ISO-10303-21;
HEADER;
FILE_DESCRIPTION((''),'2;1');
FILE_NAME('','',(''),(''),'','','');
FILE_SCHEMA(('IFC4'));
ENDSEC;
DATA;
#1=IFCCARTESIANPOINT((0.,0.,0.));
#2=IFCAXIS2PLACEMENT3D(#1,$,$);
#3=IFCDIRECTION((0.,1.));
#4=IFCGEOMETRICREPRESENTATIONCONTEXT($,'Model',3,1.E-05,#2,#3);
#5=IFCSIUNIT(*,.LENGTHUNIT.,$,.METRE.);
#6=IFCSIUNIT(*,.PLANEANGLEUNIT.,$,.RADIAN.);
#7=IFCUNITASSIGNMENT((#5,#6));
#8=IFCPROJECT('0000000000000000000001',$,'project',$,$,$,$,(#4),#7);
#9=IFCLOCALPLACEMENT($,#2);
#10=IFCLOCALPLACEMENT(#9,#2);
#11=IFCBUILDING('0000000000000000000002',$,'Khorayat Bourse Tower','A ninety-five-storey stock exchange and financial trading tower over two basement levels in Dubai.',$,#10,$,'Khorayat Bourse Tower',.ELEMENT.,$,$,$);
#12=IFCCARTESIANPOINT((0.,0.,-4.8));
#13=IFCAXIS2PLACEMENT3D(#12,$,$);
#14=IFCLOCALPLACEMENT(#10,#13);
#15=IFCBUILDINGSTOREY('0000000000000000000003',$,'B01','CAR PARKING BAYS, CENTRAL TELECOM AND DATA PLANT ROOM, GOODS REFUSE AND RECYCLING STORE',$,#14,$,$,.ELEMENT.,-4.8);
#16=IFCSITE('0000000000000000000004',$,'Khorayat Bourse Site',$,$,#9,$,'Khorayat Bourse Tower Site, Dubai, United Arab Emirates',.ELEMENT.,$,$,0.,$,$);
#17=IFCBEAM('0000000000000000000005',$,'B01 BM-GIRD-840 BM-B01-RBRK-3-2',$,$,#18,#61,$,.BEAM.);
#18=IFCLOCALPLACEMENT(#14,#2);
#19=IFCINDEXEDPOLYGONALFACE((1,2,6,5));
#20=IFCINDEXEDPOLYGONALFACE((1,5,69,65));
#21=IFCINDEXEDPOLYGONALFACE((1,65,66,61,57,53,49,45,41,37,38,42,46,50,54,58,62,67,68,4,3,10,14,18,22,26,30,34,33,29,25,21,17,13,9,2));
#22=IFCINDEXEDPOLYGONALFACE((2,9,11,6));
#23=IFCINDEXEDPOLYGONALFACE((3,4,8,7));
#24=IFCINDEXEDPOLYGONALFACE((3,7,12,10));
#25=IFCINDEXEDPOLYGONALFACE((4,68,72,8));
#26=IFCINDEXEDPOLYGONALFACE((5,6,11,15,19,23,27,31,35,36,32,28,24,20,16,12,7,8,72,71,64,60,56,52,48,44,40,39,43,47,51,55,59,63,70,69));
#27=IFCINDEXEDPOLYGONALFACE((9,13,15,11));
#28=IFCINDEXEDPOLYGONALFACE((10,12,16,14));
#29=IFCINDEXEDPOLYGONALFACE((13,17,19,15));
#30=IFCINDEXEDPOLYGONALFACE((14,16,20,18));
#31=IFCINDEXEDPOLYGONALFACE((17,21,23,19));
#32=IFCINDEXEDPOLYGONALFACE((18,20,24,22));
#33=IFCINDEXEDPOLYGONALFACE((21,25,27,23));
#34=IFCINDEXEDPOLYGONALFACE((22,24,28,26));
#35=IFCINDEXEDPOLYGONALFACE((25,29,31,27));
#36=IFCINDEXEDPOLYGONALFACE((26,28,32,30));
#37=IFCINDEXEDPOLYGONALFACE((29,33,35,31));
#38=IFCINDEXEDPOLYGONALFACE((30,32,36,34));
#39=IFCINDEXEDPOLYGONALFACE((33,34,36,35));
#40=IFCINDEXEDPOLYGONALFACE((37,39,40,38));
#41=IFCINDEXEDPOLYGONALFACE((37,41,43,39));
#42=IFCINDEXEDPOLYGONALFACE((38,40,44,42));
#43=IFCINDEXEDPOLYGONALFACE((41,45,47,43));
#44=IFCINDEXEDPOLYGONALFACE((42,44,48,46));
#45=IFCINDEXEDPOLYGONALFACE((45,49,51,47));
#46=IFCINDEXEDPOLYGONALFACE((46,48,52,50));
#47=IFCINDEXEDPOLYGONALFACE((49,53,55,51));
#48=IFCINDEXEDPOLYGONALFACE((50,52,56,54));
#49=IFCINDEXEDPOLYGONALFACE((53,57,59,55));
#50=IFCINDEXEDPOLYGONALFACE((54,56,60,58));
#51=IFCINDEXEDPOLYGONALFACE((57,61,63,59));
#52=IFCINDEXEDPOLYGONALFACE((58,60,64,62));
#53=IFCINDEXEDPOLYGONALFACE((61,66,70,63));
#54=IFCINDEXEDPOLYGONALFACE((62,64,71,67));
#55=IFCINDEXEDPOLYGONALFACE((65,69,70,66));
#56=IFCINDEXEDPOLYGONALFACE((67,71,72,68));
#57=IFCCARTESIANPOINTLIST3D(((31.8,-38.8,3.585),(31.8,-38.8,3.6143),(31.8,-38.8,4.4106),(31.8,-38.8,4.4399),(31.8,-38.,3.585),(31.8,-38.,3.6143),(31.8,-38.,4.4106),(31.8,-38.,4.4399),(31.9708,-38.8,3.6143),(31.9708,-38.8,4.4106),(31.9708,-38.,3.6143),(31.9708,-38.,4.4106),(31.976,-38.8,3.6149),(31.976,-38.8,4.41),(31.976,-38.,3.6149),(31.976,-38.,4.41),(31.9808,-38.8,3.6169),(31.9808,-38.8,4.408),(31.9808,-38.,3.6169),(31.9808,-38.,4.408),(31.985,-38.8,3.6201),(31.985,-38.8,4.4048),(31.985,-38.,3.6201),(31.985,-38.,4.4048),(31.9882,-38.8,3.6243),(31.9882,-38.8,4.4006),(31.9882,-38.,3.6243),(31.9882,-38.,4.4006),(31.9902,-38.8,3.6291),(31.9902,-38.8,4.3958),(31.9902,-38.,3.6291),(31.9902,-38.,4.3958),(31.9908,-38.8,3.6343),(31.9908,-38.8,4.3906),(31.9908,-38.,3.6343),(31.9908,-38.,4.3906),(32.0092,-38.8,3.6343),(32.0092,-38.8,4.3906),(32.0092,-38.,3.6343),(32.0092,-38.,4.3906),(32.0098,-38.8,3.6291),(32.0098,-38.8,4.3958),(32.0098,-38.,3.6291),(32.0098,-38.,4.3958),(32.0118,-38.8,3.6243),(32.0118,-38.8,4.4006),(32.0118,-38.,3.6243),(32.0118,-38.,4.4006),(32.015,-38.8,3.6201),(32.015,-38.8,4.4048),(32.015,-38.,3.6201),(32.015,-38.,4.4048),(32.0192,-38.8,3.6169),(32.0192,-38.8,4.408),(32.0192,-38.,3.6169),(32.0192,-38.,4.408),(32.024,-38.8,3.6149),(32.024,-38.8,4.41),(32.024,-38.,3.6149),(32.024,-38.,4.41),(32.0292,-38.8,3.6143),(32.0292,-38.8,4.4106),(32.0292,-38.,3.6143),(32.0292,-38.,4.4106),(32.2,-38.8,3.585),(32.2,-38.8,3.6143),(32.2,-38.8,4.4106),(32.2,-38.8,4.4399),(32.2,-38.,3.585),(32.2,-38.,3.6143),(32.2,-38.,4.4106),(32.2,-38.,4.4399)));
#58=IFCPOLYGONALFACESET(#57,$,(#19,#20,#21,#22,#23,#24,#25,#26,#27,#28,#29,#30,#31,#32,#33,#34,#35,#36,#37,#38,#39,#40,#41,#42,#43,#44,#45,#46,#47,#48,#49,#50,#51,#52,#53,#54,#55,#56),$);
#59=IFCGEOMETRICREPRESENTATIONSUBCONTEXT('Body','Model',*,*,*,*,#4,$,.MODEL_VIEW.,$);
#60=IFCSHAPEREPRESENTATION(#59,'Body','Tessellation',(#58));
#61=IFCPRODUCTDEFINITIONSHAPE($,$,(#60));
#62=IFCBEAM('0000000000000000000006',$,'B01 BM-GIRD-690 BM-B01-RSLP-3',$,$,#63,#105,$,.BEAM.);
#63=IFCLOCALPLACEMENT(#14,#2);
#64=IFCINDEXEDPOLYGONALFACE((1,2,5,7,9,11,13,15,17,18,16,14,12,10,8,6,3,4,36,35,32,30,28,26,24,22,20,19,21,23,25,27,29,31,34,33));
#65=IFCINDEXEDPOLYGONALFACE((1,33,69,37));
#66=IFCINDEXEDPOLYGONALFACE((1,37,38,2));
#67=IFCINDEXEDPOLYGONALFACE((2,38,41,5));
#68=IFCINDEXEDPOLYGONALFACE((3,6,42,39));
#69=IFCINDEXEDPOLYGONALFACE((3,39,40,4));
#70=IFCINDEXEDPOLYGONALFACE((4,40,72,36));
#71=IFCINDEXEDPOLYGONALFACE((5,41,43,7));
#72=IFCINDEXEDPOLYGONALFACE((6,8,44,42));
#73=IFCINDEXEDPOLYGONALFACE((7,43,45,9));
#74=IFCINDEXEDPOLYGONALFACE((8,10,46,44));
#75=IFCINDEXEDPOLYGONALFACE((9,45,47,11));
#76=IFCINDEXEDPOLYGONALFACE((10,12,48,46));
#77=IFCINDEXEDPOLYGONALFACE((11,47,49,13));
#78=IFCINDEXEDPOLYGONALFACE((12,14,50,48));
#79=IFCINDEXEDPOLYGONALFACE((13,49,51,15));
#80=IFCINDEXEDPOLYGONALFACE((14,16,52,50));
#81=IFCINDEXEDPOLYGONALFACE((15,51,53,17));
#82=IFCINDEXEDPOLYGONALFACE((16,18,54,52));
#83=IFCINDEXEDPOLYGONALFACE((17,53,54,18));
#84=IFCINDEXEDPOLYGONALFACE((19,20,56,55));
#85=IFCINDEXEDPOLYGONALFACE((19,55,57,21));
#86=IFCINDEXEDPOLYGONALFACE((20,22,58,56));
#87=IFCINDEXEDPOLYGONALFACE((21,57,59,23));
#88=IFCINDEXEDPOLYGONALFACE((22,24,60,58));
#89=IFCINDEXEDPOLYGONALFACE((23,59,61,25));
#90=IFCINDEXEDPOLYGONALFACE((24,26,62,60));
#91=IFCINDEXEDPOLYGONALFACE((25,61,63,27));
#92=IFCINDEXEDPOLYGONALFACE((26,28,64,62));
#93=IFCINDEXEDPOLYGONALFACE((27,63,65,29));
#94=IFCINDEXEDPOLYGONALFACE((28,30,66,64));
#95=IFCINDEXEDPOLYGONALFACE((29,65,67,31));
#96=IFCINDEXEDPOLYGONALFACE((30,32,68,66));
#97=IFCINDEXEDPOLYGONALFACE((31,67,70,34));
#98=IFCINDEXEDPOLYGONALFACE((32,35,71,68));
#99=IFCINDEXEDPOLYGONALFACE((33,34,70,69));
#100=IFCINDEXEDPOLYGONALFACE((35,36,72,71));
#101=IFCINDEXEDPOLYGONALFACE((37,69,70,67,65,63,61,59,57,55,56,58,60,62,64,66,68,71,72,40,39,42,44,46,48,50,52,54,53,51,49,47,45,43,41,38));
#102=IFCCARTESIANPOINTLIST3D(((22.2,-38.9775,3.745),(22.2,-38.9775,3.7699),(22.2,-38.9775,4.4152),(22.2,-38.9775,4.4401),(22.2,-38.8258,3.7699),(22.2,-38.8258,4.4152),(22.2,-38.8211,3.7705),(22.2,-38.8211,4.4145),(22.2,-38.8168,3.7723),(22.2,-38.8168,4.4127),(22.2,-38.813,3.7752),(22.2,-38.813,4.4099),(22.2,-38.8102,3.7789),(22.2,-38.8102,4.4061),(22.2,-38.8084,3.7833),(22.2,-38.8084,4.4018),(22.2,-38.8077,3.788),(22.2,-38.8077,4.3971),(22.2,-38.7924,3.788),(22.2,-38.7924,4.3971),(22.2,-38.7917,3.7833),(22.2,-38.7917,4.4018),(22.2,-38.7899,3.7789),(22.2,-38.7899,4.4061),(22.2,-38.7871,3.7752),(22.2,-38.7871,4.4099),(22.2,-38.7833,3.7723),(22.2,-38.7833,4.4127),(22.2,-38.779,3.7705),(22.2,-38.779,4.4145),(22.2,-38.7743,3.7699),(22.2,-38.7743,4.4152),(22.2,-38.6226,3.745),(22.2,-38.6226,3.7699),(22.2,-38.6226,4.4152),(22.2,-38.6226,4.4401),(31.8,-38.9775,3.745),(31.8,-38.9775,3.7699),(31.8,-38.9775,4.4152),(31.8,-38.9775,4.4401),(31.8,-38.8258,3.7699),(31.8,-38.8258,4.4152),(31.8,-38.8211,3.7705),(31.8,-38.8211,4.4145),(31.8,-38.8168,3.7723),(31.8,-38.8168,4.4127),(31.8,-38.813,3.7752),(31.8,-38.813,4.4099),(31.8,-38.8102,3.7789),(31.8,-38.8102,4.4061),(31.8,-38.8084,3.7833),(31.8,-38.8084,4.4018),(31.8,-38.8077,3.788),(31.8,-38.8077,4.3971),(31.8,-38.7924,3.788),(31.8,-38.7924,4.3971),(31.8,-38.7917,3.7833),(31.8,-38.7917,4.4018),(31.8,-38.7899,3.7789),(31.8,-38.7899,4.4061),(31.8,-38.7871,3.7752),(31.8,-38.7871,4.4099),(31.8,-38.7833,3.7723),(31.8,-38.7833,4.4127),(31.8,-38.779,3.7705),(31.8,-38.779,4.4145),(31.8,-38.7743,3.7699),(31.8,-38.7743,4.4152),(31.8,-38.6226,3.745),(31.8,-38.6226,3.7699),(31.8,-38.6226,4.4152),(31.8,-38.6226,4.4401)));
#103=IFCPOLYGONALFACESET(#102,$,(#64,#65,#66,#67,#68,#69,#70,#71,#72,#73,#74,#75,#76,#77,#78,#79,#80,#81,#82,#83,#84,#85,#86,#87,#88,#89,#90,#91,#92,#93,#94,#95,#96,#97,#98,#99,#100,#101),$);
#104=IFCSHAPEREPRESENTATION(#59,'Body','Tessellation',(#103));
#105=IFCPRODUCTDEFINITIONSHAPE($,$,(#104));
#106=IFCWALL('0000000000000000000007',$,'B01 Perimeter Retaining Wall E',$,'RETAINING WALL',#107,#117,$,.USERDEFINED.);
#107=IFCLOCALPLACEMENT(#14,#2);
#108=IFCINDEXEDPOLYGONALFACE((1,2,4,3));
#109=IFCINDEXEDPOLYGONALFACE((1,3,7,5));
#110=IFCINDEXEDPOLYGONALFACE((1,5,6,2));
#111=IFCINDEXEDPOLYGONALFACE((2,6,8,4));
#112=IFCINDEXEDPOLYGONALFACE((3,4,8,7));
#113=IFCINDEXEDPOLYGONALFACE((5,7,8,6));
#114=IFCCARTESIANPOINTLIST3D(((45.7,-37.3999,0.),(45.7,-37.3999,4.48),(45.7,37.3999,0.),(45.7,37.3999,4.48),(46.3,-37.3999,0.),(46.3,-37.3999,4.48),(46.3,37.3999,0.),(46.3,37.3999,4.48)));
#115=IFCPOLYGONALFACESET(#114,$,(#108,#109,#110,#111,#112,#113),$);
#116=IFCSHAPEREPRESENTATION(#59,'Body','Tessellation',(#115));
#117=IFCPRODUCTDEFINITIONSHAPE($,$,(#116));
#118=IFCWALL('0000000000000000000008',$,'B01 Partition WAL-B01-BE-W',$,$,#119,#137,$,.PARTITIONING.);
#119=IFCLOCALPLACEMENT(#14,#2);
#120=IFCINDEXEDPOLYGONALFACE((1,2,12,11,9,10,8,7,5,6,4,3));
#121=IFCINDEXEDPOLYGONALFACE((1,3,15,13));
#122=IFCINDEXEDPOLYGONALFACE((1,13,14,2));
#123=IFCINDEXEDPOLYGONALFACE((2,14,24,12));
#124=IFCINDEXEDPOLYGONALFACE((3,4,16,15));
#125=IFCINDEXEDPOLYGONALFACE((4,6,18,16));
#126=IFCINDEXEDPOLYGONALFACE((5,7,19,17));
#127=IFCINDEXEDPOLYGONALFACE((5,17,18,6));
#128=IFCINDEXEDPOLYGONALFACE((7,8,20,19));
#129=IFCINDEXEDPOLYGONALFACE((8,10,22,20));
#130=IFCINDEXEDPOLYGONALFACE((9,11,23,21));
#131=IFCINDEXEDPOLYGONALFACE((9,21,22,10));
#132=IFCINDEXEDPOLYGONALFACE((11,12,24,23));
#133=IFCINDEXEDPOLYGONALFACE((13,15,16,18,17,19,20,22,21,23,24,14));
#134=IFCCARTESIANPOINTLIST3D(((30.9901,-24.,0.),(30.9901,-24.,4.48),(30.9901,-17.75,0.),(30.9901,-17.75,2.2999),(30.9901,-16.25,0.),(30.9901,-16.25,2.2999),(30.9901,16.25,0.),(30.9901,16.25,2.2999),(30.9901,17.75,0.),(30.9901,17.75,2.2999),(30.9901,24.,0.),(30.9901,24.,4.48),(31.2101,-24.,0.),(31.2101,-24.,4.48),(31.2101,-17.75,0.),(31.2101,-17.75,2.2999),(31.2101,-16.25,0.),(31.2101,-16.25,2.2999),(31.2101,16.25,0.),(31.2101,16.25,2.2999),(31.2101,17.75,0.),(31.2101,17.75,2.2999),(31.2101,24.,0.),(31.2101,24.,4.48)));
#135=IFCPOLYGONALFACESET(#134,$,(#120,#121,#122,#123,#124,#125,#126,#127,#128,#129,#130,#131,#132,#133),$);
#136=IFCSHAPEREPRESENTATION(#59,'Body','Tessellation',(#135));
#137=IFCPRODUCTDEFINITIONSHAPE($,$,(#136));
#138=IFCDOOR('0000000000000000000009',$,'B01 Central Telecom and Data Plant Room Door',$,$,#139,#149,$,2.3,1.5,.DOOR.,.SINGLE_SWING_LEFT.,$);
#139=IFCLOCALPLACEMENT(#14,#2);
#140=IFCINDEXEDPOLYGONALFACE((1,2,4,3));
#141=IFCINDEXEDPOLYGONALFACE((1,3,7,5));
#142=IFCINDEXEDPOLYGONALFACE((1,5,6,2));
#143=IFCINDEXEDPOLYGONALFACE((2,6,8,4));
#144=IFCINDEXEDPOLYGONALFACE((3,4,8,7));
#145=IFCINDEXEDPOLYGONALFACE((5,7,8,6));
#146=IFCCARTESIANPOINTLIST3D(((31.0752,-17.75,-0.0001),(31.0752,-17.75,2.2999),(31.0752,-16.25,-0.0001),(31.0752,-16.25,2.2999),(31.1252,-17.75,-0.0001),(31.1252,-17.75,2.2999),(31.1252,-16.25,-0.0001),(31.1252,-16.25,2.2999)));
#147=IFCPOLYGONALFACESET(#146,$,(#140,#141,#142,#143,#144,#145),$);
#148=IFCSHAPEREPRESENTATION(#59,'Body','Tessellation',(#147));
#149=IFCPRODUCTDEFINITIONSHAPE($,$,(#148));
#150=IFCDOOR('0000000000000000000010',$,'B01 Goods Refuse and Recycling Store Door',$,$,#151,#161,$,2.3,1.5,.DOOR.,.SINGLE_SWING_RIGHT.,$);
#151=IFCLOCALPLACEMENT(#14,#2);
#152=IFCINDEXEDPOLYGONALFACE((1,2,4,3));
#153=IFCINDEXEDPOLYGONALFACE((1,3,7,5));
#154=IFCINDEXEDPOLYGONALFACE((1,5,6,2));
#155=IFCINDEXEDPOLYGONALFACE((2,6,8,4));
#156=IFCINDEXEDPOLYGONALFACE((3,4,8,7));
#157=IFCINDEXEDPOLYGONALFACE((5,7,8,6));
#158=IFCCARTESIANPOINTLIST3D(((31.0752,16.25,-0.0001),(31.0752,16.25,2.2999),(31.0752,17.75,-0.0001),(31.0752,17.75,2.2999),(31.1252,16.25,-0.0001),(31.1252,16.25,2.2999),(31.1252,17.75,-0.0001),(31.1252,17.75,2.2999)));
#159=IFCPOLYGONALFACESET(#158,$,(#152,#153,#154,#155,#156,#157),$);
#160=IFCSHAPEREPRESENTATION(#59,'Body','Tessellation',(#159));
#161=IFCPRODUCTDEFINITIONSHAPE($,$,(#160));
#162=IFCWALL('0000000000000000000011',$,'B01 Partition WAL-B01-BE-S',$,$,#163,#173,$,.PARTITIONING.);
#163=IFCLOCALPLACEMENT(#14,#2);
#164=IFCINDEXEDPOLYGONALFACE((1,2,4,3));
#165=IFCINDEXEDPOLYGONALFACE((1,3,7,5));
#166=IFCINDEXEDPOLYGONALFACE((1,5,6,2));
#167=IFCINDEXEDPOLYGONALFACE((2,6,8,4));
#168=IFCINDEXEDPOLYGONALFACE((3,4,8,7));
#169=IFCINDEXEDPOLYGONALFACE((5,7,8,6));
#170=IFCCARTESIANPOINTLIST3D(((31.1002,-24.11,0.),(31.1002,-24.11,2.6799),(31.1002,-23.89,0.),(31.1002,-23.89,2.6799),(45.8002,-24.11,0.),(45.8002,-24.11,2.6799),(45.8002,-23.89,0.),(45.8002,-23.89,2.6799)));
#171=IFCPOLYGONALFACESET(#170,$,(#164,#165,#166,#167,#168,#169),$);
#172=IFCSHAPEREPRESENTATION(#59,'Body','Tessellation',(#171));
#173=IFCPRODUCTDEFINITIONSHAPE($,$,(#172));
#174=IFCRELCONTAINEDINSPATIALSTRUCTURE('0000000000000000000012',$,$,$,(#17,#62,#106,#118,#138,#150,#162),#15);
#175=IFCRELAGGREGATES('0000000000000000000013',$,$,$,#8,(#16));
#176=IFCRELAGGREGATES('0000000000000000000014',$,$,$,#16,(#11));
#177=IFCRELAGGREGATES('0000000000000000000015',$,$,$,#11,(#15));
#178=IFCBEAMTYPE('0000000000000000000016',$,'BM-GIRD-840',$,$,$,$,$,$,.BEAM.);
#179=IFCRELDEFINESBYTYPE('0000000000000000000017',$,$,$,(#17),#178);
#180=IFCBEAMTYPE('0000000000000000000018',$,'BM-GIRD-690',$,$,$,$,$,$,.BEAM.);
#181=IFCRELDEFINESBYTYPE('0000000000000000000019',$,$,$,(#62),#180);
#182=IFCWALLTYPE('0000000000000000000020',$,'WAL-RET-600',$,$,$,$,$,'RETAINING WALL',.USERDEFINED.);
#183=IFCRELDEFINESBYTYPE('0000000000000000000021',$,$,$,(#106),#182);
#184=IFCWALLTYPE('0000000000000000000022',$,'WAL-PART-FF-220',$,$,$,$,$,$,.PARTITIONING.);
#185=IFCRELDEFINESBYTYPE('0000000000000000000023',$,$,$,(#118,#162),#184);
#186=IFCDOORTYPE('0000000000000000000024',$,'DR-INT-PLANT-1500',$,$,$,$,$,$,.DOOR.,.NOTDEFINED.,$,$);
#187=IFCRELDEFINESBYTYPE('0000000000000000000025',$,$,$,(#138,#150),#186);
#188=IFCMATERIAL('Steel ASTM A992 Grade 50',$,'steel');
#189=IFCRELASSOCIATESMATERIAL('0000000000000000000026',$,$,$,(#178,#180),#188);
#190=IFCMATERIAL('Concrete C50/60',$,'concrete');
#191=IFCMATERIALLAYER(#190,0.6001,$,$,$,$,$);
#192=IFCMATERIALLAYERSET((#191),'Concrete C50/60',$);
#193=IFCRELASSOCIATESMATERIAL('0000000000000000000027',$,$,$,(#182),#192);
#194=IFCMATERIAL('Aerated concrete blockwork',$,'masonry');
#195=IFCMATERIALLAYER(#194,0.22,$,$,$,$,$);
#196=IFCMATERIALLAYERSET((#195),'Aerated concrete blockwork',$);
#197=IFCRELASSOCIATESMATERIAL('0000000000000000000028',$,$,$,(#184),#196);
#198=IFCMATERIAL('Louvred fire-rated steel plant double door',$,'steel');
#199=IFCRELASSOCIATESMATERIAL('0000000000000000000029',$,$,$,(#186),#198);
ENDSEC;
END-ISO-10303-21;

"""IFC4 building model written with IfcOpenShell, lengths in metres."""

from ifc_helpers import new_model, si_unit, direction, frame, frame_2d, origin, origin_2d, place, context, subcontext, project, spatial, rectangle, i_section, extrude, source, transform, mapped, material, layer, layer_set, material_profile, profile_set, type_object, element, fill, save


model = new_model("IFC4")

# Units and contexts
model_context = context("Model", 3, precision=1e-05, world=origin(), true_north=direction((0.0, 1.0)))
body_context = subcontext(model_context, "Body", "Model", "MODEL_VIEW")
ifc_project = project(units=[si_unit("LENGTHUNIT", "METRE"), si_unit("PLANEANGLEUNIT", "RADIAN")], contexts=[model_context])

# Site, building, storey
site_placement = place(None, origin())
site = spatial("IfcSite", under=ifc_project, at=site_placement, Name="Khorayat Bourse Site", LongName="Khorayat Bourse Tower Site, Dubai, United Arab Emirates", CompositionType="ELEMENT", RefElevation=0.0)
building_placement = place(site_placement, origin())
building = spatial("IfcBuilding", under=site, at=building_placement, Name="Khorayat Bourse Tower", Description="A ninety-five-storey stock exchange and financial trading tower over two basement levels in Dubai.", LongName="Khorayat Bourse Tower", CompositionType="ELEMENT")
storey_placement = place(building_placement, frame((0.0, 0.0, -4.8)))
storey = spatial("IfcBuildingStorey", under=building, at=storey_placement, Name="B01", Description="CAR PARKING BAYS, CENTRAL TELECOM AND DATA PLANT ROOM, GOODS REFUSE AND RECYCLING STORE", CompositionType="ELEMENT", Elevation=-4.8)

# Beams
ifc_material_1 = material(Name="Steel ASTM A992 Grade 50", Category="steel")
ifc_material_profile_1 = material_profile(ifc_material_1, i_section(OverallWidth=0.3999, OverallDepth=0.855, WebThickness=0.0183, FlangeThickness=0.0293, FilletRadius=0.02, at=origin_2d()), Name="W840X299")
ifc_profile_set_1 = profile_set([ifc_material_profile_1], Name="Steel ASTM A992 Grade 50")
beam_type_1 = type_object("IfcBeamType", Name="BM-GIRD-840", PredefinedType="BEAM", material=ifc_profile_set_1)
shared_shape_1 = source(origin(), body_context, "Body", "SweptSolid", [
    extrude(i_section(OverallWidth=0.3999, OverallDepth=0.855, WebThickness=0.0183, FlangeThickness=0.0293, FilletRadius=0.02, at=origin_2d()), origin(), (0.0, 0.0, 1.0), 0.8),
])
beam_1_placement = place(storey_placement, frame((32.0, -38.8, 4.0125), z_axis=(0.0, 1.0, 0.0), x_axis=(-1.0, 0.0, 0.0)))
element("IfcBeam", 1, at=beam_1_placement, inside=storey, type_object=beam_type_1, Name="B01 BM-GIRD-840 BM-B01-RBRK-3-2", PredefinedType="BEAM", context=body_context, shape_type="MappedRepresentation", body=[
    mapped(shared_shape_1, transform((0.0, 0.0, 0.0), scale=1.0)),
])
ifc_material_profile_2 = material_profile(ifc_material_1, i_section(OverallWidth=0.355, OverallDepth=0.6951, WebThickness=0.0154, FlangeThickness=0.0249, FilletRadius=0.0181, at=origin_2d()), Name="W690X217")
ifc_profile_set_2 = profile_set([ifc_material_profile_2], Name="Steel ASTM A992 Grade 50")
beam_type_2 = type_object("IfcBeamType", Name="BM-GIRD-690", PredefinedType="BEAM", material=ifc_profile_set_2)
shared_shape_2 = source(origin(), body_context, "Body", "SweptSolid", [
    extrude(i_section(OverallWidth=0.355, OverallDepth=0.6951, WebThickness=0.0154, FlangeThickness=0.0249, FilletRadius=0.0181, at=origin_2d()), origin(), (0.0, 0.0, 1.0), 9.6001),
])
beam_2_placement = place(storey_placement, frame((22.2, -38.8, 4.0925), z_axis=(1.0, 0.0, 0.0), x_axis=(0.0, 1.0, 0.0)))
element("IfcBeam", 2, at=beam_2_placement, inside=storey, type_object=beam_type_2, Name="B01 BM-GIRD-690 BM-B01-RSLP-3", PredefinedType="BEAM", context=body_context, shape_type="MappedRepresentation", body=[
    mapped(shared_shape_2, transform((0.0, 0.0, 0.0), scale=1.0)),
])

# Wall
ifc_material_2 = material(Name="Concrete C50/60", Category="concrete")
ifc_layer_1 = layer(ifc_material_2, 0.6001)
ifc_layer_set_1 = layer_set([ifc_layer_1], Name="Concrete C50/60")
wall_type_1 = type_object("IfcWallType", Name="WAL-RET-600", ElementType="RETAINING WALL", PredefinedType="USERDEFINED", material=ifc_layer_set_1)
shared_shape_3 = source(origin(), body_context, "Body", "SweptSolid", [
    extrude(rectangle(XDim=74.7998, YDim=0.6001, at=frame_2d((37.3999, 0.0))), origin(), (0.0, 0.0, 1.0), 4.48),
])
wall_1_placement = place(storey_placement, frame((46.0, -37.3999, 0.0), z_axis=(0.0, 0.0, 1.0), x_axis=(0.0, 1.0, 0.0)))
element("IfcWall", 3, at=wall_1_placement, inside=storey, type_object=wall_type_1, Name="B01 Perimeter Retaining Wall E", ObjectType="RETAINING WALL", PredefinedType="USERDEFINED", context=body_context, shape_type="MappedRepresentation", body=[
    mapped(shared_shape_3, transform((0.0, 0.0, 0.0), scale=1.0)),
])

# Wall, openings, doors
ifc_material_3 = material(Name="Aerated concrete blockwork", Category="masonry")
ifc_layer_2 = layer(ifc_material_3, 0.22)
ifc_layer_set_2 = layer_set([ifc_layer_2], Name="Aerated concrete blockwork")
wall_type_2 = type_object("IfcWallType", Name="WAL-PART-FF-220", PredefinedType="PARTITIONING", material=ifc_layer_set_2)
shared_shape_4 = source(origin(), body_context, "Body", "SweptSolid", [
    extrude(rectangle(XDim=48.0, YDim=0.22, at=frame_2d((24.0, 0.0))), origin(), (0.0, 0.0, 1.0), 4.48),
])
wall_2_placement = place(storey_placement, frame((31.1001, -24.0, 0.0), z_axis=(0.0, 0.0, 1.0), x_axis=(0.0, 1.0, 0.0)))
wall_2 = element("IfcWall", 4, at=wall_2_placement, inside=storey, type_object=wall_type_2, Name="B01 Partition WAL-B01-BE-W", PredefinedType="PARTITIONING", context=body_context, shape_type="MappedRepresentation", body=[
    mapped(shared_shape_4, transform((0.0, 0.0, 0.0), scale=1.0)),
])
shared_shape_5 = source(origin(), body_context, "Body", "SweptSolid", [
    extrude(rectangle(XDim=1.5, YDim=2.3, at=frame_2d((0.75, 1.1499))), frame((0.0, 0.1199, 0.0), z_axis=(0.0, -1.0, 0.0), x_axis=(1.0, 0.0, 0.0)), (0.0, 0.0, 1.0), 0.24),
])
opening_1_placement = place(wall_2_placement, frame((6.25, 0.0, 0.0)))
opening_1 = element("IfcOpeningElement", 5, at=opening_1_placement, cuts=wall_2, PredefinedType="OPENING", context=body_context, shape_type="MappedRepresentation", body=[
    mapped(shared_shape_5, transform((0.0, 0.0, 0.0), scale=1.0)),
])
opening_2_placement = place(wall_2_placement, frame((40.25, 0.0, 0.0)))
opening_2 = element("IfcOpeningElement", 6, at=opening_2_placement, cuts=wall_2, PredefinedType="OPENING", context=body_context, shape_type="MappedRepresentation", body=[
    mapped(shared_shape_5, transform((0.0, 0.0, 0.0), scale=1.0)),
])
ifc_material_4 = material(Name="Louvred fire-rated steel plant double door", Category="steel")
door_type = type_object("IfcDoorType", Name="DR-INT-PLANT-1500", OperationType="NOTDEFINED", PredefinedType="DOOR", material=ifc_material_4)
shared_shape_6 = source(origin(), body_context, "Body", "SweptSolid", [
    extrude(rectangle(XDim=1.5, YDim=2.3, at=frame_2d((0.75, 1.1499))), frame((0.0, 0.0249, 0.0), z_axis=(0.0, -1.0, 0.0), x_axis=(1.0, 0.0, 0.0)), (0.0, 0.0, 1.0), 0.05),
])
door_1_placement = place(opening_1_placement, origin())
door_1 = element("IfcDoor", 7, at=door_1_placement, inside=storey, type_object=door_type, Name="B01 Central Telecom and Data Plant Room Door", OperationType="SINGLE_SWING_LEFT", OverallHeight=2.3, OverallWidth=1.5, PredefinedType="DOOR", context=body_context, shape_type="MappedRepresentation", body=[
    mapped(shared_shape_6, transform((0.0, 0.0, 0.0), scale=1.0)),
])
fill(opening_1, door_1)
door_2_placement = place(opening_2_placement, origin())
door_2 = element("IfcDoor", 8, at=door_2_placement, inside=storey, type_object=door_type, Name="B01 Goods Refuse and Recycling Store Door", OperationType="SINGLE_SWING_RIGHT", OverallHeight=2.3, OverallWidth=1.5, PredefinedType="DOOR", context=body_context, shape_type="MappedRepresentation", body=[
    mapped(shared_shape_6, transform((0.0, 0.0, 0.0), scale=1.0)),
])
fill(opening_2, door_2)

# Wall
shared_shape_7 = source(origin(), body_context, "Body", "SweptSolid", [
    extrude(rectangle(XDim=14.7, YDim=0.22, at=frame_2d((7.3501, 0.0))), origin(), (0.0, 0.0, 1.0), 2.6799),
])
wall_3_placement = place(storey_placement, frame((31.1001, -24.0, 0.0), z_axis=(0.0, 0.0, 1.0), x_axis=(1.0, 0.0, 0.0)))
element("IfcWall", 9, at=wall_3_placement, inside=storey, type_object=wall_type_2, Name="B01 Partition WAL-B01-BE-S", PredefinedType="PARTITIONING", context=body_context, shape_type="MappedRepresentation", body=[
    mapped(shared_shape_7, transform((0.0, 0.0, 0.0), scale=1.0)),
])

save(model, "model.ifc")
